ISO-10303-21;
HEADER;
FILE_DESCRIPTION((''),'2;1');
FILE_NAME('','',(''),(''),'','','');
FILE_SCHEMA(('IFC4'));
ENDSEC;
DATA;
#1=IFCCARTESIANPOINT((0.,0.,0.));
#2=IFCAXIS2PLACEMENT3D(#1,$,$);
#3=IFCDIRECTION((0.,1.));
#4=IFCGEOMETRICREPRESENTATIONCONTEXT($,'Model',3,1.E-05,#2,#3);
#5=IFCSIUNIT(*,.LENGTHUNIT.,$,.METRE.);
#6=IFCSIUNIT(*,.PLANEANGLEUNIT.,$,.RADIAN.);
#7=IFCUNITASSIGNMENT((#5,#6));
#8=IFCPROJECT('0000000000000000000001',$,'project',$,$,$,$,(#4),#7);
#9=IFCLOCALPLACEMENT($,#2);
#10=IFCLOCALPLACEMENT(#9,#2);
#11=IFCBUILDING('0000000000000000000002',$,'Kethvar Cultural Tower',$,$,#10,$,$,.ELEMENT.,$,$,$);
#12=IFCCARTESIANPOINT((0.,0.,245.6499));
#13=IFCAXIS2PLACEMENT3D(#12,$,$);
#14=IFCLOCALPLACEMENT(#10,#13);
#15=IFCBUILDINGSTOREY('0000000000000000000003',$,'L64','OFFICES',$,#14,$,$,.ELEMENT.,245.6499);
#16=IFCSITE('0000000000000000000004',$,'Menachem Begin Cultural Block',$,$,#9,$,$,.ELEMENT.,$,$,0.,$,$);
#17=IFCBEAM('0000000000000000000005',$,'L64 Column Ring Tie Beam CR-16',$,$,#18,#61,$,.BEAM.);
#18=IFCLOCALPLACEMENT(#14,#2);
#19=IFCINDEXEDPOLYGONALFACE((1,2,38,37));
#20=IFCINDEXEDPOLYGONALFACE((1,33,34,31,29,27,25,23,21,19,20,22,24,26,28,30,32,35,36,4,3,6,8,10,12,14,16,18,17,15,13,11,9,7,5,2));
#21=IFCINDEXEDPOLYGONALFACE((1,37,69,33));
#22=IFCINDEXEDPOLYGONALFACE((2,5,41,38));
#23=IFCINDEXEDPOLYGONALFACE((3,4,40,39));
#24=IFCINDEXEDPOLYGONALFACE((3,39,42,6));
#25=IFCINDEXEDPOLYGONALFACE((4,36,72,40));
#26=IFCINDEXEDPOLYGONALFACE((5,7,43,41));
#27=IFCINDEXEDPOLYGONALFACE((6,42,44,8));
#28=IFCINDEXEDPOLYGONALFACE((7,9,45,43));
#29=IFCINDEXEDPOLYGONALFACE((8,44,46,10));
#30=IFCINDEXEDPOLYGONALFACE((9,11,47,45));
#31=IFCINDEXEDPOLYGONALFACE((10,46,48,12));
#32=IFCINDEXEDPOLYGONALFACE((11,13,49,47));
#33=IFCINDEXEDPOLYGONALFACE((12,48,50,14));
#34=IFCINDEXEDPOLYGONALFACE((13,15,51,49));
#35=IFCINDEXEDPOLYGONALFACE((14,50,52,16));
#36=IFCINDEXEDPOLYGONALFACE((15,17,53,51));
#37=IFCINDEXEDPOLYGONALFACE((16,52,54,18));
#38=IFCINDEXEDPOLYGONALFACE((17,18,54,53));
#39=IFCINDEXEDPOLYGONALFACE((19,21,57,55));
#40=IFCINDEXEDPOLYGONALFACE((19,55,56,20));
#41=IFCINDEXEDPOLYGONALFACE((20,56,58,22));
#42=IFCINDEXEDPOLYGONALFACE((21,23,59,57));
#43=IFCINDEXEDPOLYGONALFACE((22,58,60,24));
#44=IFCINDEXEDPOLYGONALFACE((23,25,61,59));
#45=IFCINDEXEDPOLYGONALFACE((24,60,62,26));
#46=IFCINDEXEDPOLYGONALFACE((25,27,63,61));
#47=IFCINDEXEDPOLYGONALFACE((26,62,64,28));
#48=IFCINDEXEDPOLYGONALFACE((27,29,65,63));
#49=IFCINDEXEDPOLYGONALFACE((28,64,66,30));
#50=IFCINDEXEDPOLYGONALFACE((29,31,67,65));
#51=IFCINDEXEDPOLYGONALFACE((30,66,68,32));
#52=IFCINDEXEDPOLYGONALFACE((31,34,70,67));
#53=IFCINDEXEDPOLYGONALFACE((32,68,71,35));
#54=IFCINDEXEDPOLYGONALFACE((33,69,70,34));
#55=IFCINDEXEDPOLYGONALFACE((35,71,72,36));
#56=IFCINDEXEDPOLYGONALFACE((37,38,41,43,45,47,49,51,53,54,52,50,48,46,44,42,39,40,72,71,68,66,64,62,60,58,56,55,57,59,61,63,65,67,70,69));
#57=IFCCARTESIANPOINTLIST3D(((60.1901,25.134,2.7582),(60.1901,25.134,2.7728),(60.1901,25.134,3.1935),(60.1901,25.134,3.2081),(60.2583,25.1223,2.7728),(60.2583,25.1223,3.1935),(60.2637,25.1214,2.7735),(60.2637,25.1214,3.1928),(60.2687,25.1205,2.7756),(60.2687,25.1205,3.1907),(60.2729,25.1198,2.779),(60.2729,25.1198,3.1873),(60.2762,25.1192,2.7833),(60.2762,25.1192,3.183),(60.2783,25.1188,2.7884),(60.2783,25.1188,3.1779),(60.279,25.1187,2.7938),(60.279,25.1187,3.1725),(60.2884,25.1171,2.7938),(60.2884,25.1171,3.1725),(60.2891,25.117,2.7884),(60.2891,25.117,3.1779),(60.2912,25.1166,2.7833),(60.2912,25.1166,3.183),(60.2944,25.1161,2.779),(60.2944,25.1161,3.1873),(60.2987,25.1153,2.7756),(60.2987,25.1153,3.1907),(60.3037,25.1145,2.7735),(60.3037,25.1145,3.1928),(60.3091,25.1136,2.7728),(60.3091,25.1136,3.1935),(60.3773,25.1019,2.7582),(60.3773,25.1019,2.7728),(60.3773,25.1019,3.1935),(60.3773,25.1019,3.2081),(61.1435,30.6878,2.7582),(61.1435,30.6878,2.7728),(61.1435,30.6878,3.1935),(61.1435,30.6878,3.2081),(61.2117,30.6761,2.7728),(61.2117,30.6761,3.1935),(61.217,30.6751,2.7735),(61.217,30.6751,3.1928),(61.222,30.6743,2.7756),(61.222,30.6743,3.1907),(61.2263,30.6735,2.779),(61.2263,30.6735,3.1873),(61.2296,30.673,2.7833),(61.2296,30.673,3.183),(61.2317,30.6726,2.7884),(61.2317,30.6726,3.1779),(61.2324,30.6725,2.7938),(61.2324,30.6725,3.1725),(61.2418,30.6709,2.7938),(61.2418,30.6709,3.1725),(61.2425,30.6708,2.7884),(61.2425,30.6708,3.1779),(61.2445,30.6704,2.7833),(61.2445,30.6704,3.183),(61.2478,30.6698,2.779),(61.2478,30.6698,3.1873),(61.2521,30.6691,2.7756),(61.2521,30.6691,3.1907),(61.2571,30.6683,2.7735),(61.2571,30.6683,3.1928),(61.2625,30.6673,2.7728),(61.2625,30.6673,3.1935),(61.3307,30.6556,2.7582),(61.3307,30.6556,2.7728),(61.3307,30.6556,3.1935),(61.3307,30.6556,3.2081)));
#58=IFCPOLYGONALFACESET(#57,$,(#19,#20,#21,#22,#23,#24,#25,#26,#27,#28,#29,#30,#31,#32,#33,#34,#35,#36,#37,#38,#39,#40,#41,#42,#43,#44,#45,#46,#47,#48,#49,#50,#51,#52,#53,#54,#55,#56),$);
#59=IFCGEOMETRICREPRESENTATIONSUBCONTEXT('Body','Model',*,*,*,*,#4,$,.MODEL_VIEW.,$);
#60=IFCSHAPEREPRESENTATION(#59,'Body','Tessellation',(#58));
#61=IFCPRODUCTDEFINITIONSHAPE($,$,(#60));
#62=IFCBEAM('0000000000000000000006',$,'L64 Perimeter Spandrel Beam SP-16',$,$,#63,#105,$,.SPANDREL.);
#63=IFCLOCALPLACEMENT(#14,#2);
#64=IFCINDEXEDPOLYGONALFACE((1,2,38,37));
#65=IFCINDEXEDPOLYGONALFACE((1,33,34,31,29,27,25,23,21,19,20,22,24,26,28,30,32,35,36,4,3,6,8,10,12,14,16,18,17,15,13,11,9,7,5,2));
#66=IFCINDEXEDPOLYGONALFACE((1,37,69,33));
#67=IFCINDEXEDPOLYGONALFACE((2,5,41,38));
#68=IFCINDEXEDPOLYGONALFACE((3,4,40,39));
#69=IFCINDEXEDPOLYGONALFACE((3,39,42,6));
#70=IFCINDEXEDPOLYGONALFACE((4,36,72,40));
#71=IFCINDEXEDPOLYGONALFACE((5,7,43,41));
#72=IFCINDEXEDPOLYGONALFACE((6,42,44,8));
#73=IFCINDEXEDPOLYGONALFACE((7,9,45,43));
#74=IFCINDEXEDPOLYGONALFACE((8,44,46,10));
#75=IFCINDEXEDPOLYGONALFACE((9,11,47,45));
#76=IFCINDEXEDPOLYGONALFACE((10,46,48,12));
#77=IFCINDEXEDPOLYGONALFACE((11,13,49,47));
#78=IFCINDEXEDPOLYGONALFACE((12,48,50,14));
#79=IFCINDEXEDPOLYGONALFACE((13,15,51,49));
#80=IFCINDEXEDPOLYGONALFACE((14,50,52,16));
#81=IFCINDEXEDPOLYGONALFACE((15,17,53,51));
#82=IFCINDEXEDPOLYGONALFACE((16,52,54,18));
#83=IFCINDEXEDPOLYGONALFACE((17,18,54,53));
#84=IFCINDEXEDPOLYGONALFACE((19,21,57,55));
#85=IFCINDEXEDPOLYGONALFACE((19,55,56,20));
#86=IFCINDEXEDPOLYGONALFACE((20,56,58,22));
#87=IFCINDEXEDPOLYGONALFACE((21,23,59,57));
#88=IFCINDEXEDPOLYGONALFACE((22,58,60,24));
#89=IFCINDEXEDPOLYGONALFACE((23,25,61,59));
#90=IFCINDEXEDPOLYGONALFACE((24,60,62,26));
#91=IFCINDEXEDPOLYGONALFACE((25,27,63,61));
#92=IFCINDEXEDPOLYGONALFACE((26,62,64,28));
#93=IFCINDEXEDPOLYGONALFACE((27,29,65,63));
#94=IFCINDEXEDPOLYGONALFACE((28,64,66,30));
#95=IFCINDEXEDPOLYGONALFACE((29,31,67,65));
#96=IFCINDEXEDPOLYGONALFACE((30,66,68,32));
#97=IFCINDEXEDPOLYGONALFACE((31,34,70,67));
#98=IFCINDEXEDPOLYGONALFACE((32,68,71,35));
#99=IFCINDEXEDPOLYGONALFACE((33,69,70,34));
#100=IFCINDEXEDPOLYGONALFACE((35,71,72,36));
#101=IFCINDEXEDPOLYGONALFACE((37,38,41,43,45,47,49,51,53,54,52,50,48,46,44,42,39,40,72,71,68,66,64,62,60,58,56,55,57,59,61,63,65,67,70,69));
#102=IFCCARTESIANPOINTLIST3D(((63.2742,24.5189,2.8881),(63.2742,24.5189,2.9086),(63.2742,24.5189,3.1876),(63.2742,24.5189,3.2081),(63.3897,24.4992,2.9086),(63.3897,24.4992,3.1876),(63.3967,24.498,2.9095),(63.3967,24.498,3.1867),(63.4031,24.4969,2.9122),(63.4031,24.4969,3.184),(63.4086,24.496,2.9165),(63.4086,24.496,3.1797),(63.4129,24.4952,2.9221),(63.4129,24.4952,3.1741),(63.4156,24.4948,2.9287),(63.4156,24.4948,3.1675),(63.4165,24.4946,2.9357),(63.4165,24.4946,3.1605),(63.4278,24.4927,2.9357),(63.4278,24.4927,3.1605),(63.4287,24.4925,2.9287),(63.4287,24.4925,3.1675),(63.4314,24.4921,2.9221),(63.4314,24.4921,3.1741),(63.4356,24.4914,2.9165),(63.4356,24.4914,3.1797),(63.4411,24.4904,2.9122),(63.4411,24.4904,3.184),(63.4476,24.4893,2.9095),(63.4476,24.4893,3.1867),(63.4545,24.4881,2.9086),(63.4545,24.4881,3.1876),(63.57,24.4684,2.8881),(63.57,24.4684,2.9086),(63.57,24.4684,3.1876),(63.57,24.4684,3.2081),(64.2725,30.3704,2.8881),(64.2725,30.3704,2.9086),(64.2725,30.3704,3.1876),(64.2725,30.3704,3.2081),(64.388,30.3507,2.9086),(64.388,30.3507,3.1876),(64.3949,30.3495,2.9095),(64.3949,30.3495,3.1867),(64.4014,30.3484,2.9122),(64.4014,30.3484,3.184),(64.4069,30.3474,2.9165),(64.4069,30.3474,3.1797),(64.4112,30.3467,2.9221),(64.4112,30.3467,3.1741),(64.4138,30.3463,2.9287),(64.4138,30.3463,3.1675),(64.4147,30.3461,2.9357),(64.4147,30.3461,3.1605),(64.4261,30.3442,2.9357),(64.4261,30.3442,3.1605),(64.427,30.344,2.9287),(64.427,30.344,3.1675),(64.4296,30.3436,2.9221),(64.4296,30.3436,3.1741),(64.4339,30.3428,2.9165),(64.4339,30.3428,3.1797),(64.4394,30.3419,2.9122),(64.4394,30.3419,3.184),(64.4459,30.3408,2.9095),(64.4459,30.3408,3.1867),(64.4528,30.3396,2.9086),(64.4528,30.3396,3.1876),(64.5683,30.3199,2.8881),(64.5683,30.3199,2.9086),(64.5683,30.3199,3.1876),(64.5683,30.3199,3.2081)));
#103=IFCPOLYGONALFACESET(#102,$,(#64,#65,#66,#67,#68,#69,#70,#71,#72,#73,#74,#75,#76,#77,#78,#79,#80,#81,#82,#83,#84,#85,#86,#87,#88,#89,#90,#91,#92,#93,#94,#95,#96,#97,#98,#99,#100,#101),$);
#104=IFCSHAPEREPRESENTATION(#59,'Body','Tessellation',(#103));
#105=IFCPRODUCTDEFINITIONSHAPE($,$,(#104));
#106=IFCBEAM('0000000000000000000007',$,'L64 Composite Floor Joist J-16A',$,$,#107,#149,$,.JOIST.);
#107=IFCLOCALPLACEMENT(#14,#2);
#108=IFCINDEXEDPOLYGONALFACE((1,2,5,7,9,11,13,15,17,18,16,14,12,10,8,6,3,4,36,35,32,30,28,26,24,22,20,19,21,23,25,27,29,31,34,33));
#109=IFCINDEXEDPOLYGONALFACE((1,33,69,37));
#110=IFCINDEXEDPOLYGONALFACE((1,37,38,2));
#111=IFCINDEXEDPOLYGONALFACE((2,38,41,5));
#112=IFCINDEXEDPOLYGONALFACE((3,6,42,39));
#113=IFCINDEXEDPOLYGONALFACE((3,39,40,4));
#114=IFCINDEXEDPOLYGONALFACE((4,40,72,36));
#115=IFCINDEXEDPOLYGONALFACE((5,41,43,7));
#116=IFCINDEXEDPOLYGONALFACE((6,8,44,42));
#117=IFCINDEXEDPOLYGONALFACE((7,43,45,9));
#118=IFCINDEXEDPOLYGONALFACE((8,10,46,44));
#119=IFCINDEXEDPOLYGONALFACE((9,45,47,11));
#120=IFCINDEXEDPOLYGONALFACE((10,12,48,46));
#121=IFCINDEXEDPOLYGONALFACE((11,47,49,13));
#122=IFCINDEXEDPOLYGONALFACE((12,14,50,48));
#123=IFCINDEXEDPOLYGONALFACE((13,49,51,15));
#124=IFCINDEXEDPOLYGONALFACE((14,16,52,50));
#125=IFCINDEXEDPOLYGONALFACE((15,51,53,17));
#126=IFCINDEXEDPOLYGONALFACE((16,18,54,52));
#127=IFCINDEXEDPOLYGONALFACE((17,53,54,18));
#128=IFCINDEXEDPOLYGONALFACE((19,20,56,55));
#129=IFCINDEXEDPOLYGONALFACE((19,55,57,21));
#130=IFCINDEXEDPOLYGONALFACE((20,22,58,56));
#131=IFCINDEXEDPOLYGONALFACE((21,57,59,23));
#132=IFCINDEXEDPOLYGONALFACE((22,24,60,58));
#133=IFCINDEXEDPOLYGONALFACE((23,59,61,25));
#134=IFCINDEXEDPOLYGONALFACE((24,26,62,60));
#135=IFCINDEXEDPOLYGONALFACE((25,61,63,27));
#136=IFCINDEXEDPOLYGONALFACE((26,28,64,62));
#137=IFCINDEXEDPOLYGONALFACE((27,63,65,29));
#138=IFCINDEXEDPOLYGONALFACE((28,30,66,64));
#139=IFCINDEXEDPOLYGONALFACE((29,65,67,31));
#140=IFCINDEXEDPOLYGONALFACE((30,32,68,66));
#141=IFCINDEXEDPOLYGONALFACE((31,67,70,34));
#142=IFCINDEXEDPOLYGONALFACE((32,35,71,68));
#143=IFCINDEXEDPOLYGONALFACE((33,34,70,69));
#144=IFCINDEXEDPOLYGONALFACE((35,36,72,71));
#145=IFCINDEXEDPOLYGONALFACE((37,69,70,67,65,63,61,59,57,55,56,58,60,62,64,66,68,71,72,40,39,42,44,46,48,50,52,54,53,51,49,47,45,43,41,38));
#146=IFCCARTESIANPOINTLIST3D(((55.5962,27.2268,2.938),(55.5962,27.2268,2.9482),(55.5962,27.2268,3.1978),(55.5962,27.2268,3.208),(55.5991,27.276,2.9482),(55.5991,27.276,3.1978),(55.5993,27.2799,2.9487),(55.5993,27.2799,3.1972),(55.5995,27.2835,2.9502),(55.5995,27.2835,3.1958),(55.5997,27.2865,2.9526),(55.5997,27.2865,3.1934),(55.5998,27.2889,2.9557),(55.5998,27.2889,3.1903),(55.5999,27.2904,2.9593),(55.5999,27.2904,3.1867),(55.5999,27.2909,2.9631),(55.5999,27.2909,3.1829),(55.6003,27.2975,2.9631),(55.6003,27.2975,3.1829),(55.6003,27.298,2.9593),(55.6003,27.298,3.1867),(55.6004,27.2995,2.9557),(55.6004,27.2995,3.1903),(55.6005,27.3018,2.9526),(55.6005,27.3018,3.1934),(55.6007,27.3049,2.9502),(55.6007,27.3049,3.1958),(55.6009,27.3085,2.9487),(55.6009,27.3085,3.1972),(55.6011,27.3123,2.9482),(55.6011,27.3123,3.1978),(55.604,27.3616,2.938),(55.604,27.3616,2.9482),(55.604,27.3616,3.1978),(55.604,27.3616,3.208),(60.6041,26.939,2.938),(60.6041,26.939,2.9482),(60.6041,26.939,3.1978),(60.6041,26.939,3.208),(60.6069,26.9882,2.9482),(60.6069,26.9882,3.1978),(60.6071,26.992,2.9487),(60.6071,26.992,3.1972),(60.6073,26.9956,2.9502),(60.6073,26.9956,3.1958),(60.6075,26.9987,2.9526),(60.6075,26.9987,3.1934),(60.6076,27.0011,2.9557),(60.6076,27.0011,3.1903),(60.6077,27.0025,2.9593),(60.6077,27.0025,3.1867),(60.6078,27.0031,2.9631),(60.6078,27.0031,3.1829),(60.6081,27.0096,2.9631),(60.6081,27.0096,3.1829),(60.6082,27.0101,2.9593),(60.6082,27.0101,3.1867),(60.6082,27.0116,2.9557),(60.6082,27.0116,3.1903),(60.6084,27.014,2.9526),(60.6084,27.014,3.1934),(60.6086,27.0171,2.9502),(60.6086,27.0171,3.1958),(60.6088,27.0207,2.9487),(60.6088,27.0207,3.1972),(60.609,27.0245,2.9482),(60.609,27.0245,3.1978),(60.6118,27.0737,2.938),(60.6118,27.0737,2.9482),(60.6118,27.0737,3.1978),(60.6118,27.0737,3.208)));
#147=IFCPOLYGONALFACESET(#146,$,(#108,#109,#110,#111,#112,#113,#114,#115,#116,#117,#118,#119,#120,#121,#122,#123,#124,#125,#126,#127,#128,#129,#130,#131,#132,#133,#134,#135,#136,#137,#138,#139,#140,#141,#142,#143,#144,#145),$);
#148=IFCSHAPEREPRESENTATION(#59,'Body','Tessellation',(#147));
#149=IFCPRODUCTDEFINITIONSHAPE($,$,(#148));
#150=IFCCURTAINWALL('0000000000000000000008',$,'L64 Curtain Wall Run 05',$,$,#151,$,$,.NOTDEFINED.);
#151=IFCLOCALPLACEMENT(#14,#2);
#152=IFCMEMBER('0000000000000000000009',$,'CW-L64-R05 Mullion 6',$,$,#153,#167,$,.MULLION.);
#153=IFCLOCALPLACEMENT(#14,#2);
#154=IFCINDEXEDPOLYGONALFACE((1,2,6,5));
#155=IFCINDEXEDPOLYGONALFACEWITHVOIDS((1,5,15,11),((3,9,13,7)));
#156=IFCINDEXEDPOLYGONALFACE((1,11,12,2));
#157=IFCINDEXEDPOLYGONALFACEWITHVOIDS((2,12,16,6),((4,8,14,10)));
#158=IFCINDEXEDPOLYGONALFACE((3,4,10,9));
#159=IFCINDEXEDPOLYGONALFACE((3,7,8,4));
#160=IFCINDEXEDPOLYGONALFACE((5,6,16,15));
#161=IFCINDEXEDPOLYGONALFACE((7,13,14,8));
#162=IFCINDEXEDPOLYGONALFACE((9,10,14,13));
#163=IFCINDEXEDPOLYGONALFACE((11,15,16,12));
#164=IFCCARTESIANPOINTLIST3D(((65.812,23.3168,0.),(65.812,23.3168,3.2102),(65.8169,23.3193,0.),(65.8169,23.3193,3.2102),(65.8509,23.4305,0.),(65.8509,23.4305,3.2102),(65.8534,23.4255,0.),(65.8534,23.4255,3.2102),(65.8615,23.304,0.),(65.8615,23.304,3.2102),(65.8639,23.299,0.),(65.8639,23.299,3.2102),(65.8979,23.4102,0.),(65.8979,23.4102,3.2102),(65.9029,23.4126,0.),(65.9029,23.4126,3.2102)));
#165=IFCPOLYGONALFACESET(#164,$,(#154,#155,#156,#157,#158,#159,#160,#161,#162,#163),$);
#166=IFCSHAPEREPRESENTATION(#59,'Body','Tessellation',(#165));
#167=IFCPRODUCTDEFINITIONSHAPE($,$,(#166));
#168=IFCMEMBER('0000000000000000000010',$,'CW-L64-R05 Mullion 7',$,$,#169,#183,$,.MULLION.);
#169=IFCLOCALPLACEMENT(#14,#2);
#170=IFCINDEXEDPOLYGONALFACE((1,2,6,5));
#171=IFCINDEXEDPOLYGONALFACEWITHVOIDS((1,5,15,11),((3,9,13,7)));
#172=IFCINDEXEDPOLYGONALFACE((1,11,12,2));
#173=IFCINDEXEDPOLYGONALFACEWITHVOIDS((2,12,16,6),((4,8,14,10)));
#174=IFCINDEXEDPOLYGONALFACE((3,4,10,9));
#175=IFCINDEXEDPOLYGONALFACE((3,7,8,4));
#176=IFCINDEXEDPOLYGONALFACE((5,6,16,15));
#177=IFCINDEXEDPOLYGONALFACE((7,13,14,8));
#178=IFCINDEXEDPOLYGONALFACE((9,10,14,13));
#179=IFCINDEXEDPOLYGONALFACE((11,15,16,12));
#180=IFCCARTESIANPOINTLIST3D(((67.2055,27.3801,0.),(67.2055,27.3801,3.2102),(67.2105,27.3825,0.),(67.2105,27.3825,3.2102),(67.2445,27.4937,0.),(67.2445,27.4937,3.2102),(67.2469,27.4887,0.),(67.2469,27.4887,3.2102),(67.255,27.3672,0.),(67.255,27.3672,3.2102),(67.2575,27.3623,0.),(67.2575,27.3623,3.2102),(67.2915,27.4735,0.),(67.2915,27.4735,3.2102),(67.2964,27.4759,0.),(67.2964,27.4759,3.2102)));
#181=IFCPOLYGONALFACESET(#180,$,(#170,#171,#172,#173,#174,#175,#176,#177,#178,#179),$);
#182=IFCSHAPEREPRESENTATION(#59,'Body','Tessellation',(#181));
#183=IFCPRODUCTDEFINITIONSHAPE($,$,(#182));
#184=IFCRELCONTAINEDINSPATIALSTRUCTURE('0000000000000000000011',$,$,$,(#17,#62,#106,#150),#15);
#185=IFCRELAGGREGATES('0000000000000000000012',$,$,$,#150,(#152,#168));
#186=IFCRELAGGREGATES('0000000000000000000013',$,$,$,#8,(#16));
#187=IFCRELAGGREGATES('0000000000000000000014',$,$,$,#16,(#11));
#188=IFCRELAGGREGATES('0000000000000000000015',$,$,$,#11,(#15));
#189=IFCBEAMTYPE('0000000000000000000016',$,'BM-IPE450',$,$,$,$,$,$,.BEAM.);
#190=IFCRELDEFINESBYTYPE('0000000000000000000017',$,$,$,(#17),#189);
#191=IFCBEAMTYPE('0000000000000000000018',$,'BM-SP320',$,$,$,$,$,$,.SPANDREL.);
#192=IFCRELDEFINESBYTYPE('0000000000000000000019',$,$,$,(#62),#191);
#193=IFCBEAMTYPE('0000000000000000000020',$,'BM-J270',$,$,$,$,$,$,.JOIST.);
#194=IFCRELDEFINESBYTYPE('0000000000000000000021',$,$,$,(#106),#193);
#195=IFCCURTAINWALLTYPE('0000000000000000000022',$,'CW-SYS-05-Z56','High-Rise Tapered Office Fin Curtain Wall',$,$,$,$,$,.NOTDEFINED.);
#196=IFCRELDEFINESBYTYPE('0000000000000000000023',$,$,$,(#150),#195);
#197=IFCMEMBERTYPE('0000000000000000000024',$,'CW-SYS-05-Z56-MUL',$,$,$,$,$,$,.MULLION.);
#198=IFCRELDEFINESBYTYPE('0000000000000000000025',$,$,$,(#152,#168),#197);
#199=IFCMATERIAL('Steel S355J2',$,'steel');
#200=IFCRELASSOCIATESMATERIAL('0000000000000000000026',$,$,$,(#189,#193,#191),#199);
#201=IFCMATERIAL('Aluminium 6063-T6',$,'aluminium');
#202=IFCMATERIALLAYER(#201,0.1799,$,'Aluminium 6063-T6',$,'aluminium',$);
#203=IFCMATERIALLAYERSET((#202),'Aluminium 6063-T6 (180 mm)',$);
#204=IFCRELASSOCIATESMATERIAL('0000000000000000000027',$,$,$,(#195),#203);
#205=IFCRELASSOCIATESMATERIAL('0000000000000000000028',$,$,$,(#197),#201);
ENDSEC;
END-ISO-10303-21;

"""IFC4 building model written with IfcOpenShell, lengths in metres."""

from ifc_helpers import new_model, si_unit, direction, frame, origin, origin_2d, place, context, subcontext, project, spatial, hollow_rectangle, i_section, extrude, source, transform, mapped, material, layer, layer_set, material_profile, profile_set, type_object, element, aggregate, save


model = new_model("IFC4")

# Units and contexts
model_context = context("Model", 3, precision=1e-05, world=origin(), true_north=direction((0.0, 1.0)))
body_context = subcontext(model_context, "Body", "Model", "MODEL_VIEW")
ifc_project = project(units=[si_unit("LENGTHUNIT", "METRE"), si_unit("PLANEANGLEUNIT", "RADIAN")], contexts=[model_context])

# Site, building, storey
site_placement = place(None, origin())
site = spatial("IfcSite", under=ifc_project, at=site_placement, Name="Menachem Begin Cultural Block", CompositionType="ELEMENT", RefElevation=0.0)
building_placement = place(site_placement, origin())
building = spatial("IfcBuilding", under=site, at=building_placement, Name="Kethvar Cultural Tower", CompositionType="ELEMENT")
storey_placement = place(building_placement, frame((0.0, 0.0, 245.6499)))
storey = spatial("IfcBuildingStorey", under=building, at=storey_placement, Name="L64", Description="OFFICES", CompositionType="ELEMENT", Elevation=245.6499)

# Beams
ifc_material_1 = material(Name="Steel S355J2", Category="steel")
ifc_material_profile_1 = material_profile(ifc_material_1, i_section(OverallWidth=0.1899, OverallDepth=0.45, WebThickness=0.0095, FlangeThickness=0.0146, FilletRadius=0.021, at=origin_2d()), Name="Steel S355J2 — IPE450")
ifc_profile_set_1 = profile_set([ifc_material_profile_1], Name="Steel S355J2 — IPE450")
beam_type_1 = type_object("IfcBeamType", Name="BM-IPE450", PredefinedType="BEAM", material=ifc_profile_set_1)
ifc_material_profile_2 = material_profile(ifc_material_1, i_section(OverallWidth=0.135, OverallDepth=0.27, WebThickness=0.0066, FlangeThickness=0.0103, FilletRadius=0.0149, at=origin_2d()), Name="Steel S355J2 — IPE270")
ifc_profile_set_2 = profile_set([ifc_material_profile_2], Name="Steel S355J2 — IPE270")
beam_type_2 = type_object("IfcBeamType", Name="BM-J270", PredefinedType="JOIST", material=ifc_profile_set_2)
shared_shape_1 = source(origin(), body_context, "Body", "SweptSolid", [
    extrude(i_section(OverallWidth=0.1899, OverallDepth=0.45, WebThickness=0.0095, FlangeThickness=0.0146, FilletRadius=0.021, at=origin_2d()), origin(), (0.0, 0.0, 1.0), 5.635),
])
beam_1_placement = place(storey_placement, frame((60.2837, 25.1179, 2.9832), z_axis=(0.169189, 0.985584, 0.0), x_axis=(-0.985584, 0.169189, 0.0)))
element("IfcBeam", 1, at=beam_1_placement, inside=storey, type_object=beam_type_1, Name="L64 Column Ring Tie Beam CR-16", PredefinedType="BEAM", context=body_context, shape_type="MappedRepresentation", body=[
    mapped(shared_shape_1, transform((0.0, 0.0, 0.0), scale=1.0)),
])
ifc_material_profile_3 = material_profile(ifc_material_1, i_section(OverallWidth=0.3, OverallDepth=0.3201, WebThickness=0.0115, FlangeThickness=0.0205, FilletRadius=0.0271, at=origin_2d()), Name="Steel S355J2 — HEB320")
ifc_profile_set_3 = profile_set([ifc_material_profile_3], Name="Steel S355J2 — HEB320")
beam_type_3 = type_object("IfcBeamType", Name="BM-SP320", PredefinedType="SPANDREL", material=ifc_profile_set_3)
shared_shape_2 = source(origin(), body_context, "Body", "SweptSolid", [
    extrude(i_section(OverallWidth=0.3, OverallDepth=0.3201, WebThickness=0.0115, FlangeThickness=0.0205, FilletRadius=0.0271, at=origin_2d()), origin(), (0.0, 0.0, 1.0), 5.936),
])
beam_2_placement = place(storey_placement, frame((63.4221, 24.4937, 3.0481), z_axis=(0.168173, 0.985758, 0.0), x_axis=(-0.985758, 0.168173, 0.0)))
element("IfcBeam", 2, at=beam_2_placement, inside=storey, type_object=beam_type_3, Name="L64 Perimeter Spandrel Beam SP-16", PredefinedType="SPANDREL", context=body_context, shape_type="MappedRepresentation", body=[
    mapped(shared_shape_2, transform((0.0, 0.0, 0.0), scale=1.0)),
])
shared_shape_3 = source(origin(), body_context, "Body", "SweptSolid", [
    extrude(i_section(OverallWidth=0.135, OverallDepth=0.27, WebThickness=0.0066, FlangeThickness=0.0103, FilletRadius=0.0149, at=origin_2d()), origin(), (0.0, 0.0, 1.0), 5.0161),
])
beam_3_placement = place(storey_placement, frame((55.6001, 27.2942, 3.073), z_axis=(0.998352, -0.057384, 0.0), x_axis=(0.057384, 0.998352, 0.0)))
element("IfcBeam", 3, at=beam_3_placement, inside=storey, type_object=beam_type_2, Name="L64 Composite Floor Joist J-16A", PredefinedType="JOIST", context=body_context, shape_type="MappedRepresentation", body=[
    mapped(shared_shape_3, transform((0.0, 0.0, 0.0), scale=1.0)),
])

# Curtain wall, members
ifc_material_2 = material(Name="Aluminium 6063-T6", Category="aluminium")
ifc_layer_1 = layer(ifc_material_2, 0.1799, Name="Aluminium 6063-T6", Category="aluminium")
ifc_layer_set_1 = layer_set([ifc_layer_1], Name="Aluminium 6063-T6 (180 mm)")
curtain_wall_type = type_object("IfcCurtainWallType", Name="CW-SYS-05-Z56", Description="High-Rise Tapered Office Fin Curtain Wall", PredefinedType="NOTDEFINED", material=ifc_layer_set_1)
curtain_wall_1_placement = place(storey_placement, origin())
curtain_wall_1 = element("IfcCurtainWall", 4, at=curtain_wall_1_placement, inside=storey, type_object=curtain_wall_type, Name="L64 Curtain Wall Run 05", PredefinedType="NOTDEFINED")
ifc_material_profile_4 = material_profile(ifc_material_2, hollow_rectangle(XDim=0.0549, YDim=0.1201, WallThickness=0.0039, at=origin_2d()), Name="Aluminium 6063-T6 — RHS120x55x4")
ifc_profile_set_4 = profile_set([ifc_material_profile_4], Name="Aluminium 6063-T6 — RHS120x55x4")
member_type_1 = type_object("IfcMemberType", Name="CW-SYS-05-Z56-MUL", PredefinedType="MULLION", material=ifc_profile_set_4)
shared_shape_4 = source(origin(), body_context, "Body", "SweptSolid", [
    extrude(hollow_rectangle(XDim=0.0549, YDim=0.1201, WallThickness=0.0039, at=origin_2d()), origin(), (0.0, 0.0, 1.0), 3.2102),
])
member_1_placement = place(storey_placement, frame((65.8574, 23.3647, 0.0), z_axis=(0.0, 0.0, 1.0), x_axis=(-0.945927, 0.32438, 0.0)))
member_1 = element("IfcMember", 5, at=member_1_placement, type_object=member_type_1, Name="CW-L64-R05 Mullion 6", PredefinedType="MULLION", context=body_context, shape_type="MappedRepresentation", body=[
    mapped(shared_shape_4, transform((0.0, 0.0, 0.0), scale=1.0)),
])
member_2_placement = place(storey_placement, frame((67.251, 27.428, 0.0), z_axis=(0.0, 0.0, 1.0), x_axis=(-0.945927, 0.32438, 0.0)))
member_2 = element("IfcMember", 6, at=member_2_placement, type_object=member_type_1, Name="CW-L64-R05 Mullion 7", PredefinedType="MULLION", context=body_context, shape_type="MappedRepresentation", body=[
    mapped(shared_shape_4, transform((0.0, 0.0, 0.0), scale=1.0)),
])

aggregate(curtain_wall_1, [member_1, member_2])

save(model, "model.ifc")
